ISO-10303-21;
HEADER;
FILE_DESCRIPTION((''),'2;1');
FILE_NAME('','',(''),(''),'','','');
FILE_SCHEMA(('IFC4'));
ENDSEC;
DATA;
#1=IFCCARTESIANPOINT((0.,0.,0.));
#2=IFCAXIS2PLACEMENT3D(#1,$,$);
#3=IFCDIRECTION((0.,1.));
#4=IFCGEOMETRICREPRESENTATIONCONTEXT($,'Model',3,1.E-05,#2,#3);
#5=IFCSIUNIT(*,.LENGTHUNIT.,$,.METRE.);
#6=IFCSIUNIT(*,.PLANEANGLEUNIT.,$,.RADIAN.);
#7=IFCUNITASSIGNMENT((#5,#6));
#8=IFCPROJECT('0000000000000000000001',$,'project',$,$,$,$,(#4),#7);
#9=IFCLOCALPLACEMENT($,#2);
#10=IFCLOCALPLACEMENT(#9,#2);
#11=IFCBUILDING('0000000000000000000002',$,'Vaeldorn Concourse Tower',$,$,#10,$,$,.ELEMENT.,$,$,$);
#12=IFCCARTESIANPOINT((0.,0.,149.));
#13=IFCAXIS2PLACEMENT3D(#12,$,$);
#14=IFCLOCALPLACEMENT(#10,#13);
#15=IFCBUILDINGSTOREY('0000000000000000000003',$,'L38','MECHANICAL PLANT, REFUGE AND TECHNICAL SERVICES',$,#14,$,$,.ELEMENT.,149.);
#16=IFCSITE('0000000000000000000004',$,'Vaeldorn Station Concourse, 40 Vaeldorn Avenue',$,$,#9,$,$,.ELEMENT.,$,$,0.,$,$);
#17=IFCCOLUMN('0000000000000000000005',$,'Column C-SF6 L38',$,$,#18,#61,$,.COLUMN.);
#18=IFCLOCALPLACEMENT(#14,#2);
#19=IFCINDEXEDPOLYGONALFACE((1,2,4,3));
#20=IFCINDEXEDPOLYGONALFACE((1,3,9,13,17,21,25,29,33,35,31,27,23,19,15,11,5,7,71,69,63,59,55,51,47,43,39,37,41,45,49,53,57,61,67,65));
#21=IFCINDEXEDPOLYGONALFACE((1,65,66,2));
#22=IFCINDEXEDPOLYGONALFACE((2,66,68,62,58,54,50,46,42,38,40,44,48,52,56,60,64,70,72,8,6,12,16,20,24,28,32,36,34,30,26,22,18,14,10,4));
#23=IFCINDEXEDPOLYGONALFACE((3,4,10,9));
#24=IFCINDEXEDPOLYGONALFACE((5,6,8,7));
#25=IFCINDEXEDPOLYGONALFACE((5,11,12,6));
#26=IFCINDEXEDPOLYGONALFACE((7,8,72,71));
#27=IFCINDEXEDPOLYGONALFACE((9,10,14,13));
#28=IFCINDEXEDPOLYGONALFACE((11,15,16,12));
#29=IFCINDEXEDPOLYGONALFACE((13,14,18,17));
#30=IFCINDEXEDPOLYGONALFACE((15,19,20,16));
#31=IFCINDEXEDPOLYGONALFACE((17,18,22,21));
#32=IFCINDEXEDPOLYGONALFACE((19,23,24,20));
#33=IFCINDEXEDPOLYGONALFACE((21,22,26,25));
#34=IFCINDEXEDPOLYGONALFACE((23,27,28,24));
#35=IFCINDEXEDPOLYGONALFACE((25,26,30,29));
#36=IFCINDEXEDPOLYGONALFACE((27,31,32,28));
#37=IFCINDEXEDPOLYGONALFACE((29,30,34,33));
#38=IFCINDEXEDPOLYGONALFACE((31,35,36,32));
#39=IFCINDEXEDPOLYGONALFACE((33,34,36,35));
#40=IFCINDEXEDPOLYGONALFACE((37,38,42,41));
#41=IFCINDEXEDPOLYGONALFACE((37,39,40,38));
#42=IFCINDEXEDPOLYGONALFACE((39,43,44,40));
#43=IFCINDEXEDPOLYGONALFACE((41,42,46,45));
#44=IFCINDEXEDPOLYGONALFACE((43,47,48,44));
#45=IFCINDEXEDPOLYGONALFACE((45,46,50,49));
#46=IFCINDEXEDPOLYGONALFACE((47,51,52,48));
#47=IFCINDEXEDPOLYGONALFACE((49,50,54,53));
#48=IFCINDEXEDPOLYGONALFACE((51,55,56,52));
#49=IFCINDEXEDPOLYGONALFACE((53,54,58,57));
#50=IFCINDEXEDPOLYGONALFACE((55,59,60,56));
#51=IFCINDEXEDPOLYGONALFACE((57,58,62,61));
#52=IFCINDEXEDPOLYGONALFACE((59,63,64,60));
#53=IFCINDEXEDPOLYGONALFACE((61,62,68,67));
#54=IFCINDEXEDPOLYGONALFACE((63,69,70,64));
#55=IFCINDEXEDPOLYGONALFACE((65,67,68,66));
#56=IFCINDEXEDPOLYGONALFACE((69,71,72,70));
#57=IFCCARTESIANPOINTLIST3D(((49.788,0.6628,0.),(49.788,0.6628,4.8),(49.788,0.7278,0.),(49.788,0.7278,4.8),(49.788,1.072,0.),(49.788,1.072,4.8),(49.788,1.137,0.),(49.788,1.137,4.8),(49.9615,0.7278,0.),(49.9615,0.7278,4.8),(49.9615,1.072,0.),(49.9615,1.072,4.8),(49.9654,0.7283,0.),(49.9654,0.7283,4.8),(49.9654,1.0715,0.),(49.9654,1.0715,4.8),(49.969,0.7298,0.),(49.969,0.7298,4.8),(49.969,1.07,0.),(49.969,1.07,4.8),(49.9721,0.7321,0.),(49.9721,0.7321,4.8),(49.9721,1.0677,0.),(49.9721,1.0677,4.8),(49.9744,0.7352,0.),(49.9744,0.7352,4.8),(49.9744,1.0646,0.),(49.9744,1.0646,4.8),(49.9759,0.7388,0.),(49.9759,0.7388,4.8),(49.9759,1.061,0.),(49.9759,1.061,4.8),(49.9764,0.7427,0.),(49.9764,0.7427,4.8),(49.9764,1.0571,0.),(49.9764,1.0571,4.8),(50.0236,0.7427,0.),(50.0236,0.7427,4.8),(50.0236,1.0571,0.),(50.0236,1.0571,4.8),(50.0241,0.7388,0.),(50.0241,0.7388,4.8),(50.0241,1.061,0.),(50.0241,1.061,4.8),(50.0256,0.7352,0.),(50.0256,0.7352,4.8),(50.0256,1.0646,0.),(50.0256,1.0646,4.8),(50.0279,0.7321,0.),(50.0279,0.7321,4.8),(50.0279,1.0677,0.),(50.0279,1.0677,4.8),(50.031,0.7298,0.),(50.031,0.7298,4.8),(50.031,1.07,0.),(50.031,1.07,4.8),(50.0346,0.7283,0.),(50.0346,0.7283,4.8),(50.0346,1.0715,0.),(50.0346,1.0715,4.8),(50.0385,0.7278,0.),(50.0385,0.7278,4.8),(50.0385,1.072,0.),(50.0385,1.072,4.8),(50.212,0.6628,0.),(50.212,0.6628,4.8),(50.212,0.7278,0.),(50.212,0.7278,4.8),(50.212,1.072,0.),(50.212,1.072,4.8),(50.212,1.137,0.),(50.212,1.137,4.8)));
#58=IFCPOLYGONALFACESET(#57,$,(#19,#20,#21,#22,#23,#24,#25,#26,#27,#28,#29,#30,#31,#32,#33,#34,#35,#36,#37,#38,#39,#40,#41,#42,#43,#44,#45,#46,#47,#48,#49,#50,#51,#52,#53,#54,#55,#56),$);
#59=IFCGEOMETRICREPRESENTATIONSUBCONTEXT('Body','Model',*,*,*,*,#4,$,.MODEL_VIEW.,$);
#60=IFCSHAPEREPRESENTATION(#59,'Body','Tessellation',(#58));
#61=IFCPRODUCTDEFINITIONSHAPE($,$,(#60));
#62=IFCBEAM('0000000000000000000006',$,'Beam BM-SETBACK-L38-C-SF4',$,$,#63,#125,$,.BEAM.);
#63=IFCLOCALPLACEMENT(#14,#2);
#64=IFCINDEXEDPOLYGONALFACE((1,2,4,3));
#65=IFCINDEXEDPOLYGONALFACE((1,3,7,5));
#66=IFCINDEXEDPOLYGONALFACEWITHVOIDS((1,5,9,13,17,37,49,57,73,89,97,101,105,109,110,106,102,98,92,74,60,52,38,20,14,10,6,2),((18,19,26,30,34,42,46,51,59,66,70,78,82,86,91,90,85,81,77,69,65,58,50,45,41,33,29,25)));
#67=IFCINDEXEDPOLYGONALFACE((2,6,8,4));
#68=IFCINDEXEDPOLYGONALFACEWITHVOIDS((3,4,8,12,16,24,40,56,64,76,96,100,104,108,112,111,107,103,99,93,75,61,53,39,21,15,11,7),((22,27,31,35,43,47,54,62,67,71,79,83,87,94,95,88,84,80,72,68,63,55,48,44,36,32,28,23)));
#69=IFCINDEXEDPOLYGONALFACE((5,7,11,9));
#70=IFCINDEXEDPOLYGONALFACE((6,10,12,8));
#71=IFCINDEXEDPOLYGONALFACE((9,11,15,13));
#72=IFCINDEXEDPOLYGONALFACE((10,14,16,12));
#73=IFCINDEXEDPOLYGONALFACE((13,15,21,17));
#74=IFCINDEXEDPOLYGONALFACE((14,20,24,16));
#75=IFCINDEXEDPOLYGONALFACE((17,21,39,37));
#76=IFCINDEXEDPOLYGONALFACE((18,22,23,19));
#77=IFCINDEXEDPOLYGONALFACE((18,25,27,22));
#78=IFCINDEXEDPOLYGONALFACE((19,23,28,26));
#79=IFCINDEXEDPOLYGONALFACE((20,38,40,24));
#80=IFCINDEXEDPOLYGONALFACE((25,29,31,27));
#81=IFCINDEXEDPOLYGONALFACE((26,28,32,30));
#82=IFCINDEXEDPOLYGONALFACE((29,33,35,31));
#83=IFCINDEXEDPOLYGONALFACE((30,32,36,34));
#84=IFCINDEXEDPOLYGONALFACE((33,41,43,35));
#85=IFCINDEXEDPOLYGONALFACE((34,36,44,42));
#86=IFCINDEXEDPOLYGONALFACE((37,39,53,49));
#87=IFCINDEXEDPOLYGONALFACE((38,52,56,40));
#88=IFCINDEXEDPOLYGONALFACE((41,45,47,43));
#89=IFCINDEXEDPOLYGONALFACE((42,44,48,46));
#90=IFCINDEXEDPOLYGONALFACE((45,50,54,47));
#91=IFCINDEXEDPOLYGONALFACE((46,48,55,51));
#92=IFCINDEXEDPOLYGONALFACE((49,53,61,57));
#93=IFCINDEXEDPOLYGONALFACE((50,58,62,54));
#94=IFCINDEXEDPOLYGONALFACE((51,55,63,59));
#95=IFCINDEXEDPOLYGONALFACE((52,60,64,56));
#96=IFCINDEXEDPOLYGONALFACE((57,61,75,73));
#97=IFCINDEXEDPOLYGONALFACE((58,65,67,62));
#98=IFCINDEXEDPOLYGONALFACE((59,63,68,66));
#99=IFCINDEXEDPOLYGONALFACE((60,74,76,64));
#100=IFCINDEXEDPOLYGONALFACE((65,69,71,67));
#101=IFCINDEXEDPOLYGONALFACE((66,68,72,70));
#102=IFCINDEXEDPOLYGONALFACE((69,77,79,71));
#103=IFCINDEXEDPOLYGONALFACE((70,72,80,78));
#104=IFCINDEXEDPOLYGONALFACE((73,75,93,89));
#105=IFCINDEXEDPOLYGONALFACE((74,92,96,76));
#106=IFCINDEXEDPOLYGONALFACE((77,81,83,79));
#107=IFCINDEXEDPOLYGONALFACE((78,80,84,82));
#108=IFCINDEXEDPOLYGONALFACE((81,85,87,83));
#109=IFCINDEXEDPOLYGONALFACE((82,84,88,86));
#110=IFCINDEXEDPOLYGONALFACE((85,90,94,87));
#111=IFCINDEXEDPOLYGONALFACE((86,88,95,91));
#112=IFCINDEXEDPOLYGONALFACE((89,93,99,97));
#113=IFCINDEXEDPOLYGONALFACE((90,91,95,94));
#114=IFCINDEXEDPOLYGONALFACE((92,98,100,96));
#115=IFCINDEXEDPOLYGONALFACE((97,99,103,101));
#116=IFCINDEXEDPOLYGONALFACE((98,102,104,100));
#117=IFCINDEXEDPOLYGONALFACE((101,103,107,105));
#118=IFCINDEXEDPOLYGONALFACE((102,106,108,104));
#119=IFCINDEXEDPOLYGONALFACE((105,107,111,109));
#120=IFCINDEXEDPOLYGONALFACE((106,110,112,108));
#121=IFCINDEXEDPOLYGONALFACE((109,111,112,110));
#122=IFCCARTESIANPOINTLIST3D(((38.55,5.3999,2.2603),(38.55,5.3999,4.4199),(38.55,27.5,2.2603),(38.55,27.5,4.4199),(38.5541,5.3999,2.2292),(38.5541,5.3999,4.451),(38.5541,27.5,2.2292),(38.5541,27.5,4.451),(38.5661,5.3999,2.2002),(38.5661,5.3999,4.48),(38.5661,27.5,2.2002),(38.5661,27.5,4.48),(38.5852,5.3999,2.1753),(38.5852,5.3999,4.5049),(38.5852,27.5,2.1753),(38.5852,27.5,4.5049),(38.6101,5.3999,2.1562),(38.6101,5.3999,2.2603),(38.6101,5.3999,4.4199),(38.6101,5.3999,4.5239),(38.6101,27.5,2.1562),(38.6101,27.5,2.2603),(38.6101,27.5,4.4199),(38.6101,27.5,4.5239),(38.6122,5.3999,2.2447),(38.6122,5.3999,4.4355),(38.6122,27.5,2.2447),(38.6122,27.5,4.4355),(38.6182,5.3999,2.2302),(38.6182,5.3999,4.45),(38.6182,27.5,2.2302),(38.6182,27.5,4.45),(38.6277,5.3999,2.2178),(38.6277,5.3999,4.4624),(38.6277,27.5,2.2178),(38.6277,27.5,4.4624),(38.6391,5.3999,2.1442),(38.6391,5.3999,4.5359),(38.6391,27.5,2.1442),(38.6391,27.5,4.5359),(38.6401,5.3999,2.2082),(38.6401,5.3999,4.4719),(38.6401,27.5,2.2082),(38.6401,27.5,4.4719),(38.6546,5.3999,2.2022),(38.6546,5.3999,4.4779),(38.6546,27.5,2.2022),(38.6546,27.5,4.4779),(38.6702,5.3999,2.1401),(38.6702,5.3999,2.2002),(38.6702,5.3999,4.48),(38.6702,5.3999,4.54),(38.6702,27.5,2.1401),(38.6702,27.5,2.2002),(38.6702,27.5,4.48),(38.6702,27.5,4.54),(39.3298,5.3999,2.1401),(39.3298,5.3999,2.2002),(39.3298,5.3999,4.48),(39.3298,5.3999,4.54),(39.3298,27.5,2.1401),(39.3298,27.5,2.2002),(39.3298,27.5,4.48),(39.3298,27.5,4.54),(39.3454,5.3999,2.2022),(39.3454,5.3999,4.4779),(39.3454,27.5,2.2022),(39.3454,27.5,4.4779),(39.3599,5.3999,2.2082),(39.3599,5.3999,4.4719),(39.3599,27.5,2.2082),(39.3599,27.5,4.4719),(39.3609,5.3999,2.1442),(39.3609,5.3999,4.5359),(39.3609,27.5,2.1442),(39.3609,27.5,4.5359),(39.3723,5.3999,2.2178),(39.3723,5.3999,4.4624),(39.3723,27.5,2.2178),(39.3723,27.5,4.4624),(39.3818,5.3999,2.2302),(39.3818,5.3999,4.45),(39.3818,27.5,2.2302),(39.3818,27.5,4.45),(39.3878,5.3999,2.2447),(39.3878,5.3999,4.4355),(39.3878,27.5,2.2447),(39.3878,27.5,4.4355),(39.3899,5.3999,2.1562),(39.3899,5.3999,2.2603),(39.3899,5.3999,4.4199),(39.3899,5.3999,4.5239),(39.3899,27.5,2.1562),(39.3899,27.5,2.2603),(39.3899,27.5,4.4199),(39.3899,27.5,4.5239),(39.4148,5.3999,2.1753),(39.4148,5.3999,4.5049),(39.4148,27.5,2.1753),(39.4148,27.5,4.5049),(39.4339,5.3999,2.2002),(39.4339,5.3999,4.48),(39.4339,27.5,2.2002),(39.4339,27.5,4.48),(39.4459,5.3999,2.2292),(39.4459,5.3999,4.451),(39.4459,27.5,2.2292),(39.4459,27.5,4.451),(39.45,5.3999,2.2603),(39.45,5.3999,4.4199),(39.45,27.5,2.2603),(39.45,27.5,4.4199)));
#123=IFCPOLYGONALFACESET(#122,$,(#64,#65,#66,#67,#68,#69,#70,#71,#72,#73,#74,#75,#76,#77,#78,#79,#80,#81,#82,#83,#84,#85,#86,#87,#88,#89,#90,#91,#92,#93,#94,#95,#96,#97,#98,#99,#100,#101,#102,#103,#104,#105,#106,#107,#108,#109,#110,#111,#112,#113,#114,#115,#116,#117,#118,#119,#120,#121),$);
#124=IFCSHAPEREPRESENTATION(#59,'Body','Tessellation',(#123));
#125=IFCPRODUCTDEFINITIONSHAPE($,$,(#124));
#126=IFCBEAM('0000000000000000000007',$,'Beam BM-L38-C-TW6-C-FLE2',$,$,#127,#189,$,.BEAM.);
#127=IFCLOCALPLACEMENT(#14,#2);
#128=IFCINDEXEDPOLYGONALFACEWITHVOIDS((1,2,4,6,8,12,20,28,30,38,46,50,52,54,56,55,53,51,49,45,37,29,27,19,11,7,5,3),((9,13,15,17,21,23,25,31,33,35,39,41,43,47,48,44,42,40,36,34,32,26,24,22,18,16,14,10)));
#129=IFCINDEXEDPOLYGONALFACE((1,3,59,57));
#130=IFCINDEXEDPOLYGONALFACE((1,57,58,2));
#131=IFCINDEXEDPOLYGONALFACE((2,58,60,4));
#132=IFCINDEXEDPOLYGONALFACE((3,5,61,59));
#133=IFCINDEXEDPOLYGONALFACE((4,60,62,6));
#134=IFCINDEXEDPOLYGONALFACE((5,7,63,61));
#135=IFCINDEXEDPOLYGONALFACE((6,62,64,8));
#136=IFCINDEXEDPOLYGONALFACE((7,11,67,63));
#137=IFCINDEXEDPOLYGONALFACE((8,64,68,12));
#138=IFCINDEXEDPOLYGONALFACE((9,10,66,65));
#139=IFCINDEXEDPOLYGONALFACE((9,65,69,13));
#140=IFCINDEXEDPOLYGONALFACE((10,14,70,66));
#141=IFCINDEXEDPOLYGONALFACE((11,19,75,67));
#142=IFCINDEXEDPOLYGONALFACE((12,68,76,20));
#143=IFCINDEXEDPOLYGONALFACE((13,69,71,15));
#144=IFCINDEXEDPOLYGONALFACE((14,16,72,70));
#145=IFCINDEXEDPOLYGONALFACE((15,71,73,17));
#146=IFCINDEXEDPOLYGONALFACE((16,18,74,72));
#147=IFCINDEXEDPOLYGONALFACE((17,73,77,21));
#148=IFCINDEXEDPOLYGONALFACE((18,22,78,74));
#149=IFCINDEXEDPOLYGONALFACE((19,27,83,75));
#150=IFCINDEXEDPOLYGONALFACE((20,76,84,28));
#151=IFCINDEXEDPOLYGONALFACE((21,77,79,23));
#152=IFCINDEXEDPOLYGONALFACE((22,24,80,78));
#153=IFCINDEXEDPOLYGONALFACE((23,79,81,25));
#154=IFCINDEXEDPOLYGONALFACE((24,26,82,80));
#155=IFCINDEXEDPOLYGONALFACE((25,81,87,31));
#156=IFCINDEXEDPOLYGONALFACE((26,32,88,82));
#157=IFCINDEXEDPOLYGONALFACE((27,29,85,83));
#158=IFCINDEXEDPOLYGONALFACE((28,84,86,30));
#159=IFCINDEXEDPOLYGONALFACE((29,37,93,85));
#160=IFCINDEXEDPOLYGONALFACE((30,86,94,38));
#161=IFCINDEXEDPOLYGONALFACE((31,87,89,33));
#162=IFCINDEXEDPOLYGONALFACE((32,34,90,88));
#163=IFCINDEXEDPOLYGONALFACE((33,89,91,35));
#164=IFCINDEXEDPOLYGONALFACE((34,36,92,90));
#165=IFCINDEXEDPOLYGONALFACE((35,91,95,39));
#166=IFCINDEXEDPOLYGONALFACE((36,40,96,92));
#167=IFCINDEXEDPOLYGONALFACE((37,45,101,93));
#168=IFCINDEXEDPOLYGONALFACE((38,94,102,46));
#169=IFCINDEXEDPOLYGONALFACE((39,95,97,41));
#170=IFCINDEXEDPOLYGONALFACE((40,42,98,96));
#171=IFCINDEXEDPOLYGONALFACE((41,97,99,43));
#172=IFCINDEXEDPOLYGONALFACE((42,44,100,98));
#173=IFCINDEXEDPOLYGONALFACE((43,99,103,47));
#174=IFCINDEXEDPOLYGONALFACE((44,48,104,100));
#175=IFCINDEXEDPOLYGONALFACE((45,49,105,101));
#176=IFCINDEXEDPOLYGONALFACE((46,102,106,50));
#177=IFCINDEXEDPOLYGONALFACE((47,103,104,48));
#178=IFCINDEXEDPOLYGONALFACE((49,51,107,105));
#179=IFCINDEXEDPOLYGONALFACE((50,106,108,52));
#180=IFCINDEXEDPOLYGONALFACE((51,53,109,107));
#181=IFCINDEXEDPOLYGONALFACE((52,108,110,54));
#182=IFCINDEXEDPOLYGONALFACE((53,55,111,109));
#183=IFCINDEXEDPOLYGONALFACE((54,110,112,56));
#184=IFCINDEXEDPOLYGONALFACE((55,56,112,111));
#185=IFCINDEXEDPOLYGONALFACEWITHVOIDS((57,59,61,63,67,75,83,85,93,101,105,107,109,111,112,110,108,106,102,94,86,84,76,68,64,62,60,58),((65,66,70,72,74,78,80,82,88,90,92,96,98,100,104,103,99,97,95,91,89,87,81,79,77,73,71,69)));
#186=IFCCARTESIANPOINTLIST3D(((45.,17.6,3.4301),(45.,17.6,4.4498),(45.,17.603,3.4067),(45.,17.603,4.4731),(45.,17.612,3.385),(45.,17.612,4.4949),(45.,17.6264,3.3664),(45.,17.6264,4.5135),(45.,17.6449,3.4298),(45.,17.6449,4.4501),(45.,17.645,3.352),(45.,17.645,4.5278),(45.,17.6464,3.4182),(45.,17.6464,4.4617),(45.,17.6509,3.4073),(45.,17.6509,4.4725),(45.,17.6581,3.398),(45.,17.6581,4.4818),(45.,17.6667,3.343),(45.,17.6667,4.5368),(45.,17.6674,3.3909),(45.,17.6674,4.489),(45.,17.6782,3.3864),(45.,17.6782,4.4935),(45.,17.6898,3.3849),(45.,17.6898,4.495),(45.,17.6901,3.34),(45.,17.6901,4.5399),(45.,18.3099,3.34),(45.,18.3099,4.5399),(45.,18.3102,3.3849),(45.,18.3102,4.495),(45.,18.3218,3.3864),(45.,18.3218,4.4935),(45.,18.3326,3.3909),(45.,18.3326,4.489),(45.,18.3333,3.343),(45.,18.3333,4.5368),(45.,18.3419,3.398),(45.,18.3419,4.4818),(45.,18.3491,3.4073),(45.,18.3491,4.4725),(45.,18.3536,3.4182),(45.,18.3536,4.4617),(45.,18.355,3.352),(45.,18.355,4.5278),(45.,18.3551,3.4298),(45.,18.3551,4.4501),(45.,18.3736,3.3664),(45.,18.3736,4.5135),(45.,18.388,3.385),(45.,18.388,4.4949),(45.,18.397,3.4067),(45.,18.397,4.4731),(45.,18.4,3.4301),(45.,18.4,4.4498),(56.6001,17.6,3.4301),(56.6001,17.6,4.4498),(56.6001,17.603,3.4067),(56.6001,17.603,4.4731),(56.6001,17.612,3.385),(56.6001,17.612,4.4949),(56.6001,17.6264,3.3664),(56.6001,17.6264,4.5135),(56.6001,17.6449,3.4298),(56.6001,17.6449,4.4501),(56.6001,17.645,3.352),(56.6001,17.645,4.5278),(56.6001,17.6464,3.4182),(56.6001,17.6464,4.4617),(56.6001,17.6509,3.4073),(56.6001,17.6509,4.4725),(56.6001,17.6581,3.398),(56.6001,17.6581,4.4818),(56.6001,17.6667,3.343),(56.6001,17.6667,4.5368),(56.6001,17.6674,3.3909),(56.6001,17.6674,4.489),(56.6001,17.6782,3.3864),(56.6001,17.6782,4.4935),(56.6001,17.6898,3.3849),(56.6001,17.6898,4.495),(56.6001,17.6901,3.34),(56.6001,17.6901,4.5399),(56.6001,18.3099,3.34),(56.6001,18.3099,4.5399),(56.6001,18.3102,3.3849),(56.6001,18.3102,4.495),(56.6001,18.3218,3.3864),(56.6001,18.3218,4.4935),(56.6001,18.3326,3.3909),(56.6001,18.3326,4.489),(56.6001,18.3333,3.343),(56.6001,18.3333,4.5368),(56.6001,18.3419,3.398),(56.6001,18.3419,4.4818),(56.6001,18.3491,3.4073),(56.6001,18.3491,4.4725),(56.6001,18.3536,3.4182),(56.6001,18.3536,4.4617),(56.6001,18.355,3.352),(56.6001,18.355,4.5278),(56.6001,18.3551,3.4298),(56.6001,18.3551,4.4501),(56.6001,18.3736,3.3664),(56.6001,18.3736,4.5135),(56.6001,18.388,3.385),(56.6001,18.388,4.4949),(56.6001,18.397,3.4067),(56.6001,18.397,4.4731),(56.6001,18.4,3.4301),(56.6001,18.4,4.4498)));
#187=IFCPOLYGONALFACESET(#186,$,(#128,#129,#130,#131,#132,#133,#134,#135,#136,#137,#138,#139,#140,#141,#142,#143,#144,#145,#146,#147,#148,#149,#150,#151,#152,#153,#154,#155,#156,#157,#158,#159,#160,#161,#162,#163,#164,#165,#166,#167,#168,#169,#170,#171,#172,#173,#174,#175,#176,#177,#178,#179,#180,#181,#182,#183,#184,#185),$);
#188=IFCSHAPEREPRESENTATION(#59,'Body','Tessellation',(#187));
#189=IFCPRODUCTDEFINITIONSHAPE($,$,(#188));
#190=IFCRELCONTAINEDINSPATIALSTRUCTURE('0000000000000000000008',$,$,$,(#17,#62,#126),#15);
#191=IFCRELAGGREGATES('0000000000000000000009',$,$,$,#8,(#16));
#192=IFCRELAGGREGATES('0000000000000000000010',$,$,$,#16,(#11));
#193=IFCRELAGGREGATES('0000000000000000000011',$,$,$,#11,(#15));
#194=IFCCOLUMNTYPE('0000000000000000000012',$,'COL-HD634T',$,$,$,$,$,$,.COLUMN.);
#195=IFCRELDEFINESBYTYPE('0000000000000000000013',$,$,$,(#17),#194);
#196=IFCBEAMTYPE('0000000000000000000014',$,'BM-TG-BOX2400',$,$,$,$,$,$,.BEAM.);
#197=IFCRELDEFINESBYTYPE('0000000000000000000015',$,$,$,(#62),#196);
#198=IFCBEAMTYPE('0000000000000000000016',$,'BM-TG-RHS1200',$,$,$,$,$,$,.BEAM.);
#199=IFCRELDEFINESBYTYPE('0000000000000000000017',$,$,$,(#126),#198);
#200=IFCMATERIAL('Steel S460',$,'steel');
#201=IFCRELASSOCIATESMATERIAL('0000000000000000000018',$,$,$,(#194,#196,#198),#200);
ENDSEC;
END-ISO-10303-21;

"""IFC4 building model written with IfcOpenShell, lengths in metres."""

from ifc_helpers import new_model, si_unit, direction, frame, origin, origin_2d, place, context, subcontext, project, spatial, hollow_rectangle, i_section, extrude, source, transform, mapped, material, material_profile, profile_set, type_object, element, save


model = new_model("IFC4")

# Units and contexts
model_context = context("Model", 3, precision=1e-05, world=origin(), true_north=direction((0.0, 1.0)))
body_context = subcontext(model_context, "Body", "Model", "MODEL_VIEW")
ifc_project = project(units=[si_unit("LENGTHUNIT", "METRE"), si_unit("PLANEANGLEUNIT", "RADIAN")], contexts=[model_context])

# Site, building, storey
site_placement = place(None, origin())
site = spatial("IfcSite", under=ifc_project, at=site_placement, Name="Vaeldorn Station Concourse, 40 Vaeldorn Avenue", CompositionType="ELEMENT", RefElevation=0.0)
building_placement = place(site_placement, origin())
building = spatial("IfcBuilding", under=site, at=building_placement, Name="Vaeldorn Concourse Tower", CompositionType="ELEMENT")
storey_placement = place(building_placement, frame((0.0, 0.0, 149.0)))
storey = spatial("IfcBuildingStorey", under=building, at=storey_placement, Name="L38", Description="MECHANICAL PLANT, REFUGE AND TECHNICAL SERVICES", CompositionType="ELEMENT", Elevation=149.0)

# Column
ifc_material_1 = material(Name="Steel S460", Category="steel")
ifc_material_profile_1 = material_profile(ifc_material_1, i_section(OverallWidth=0.4241, OverallDepth=0.4741, WebThickness=0.0471, FlangeThickness=0.0649, FilletRadius=0.0149, at=origin_2d()), Name="HD 400x634")
ifc_profile_set_1 = profile_set([ifc_material_profile_1], Name="Steel S460")
column_type_1 = type_object("IfcColumnType", Name="COL-HD634T", PredefinedType="COLUMN", material=ifc_profile_set_1)
shared_shape_1 = source(origin(), body_context, "Body", "SweptSolid", [
    extrude(i_section(OverallWidth=0.4241, OverallDepth=0.4741, WebThickness=0.0471, FlangeThickness=0.0649, FilletRadius=0.0149, at=origin_2d()), origin(), (0.0, 0.0, 1.0), 4.8),
])
for number, where, z_axis, x_axis, name in (
    (1, (50.0, 0.8999, 0.0), (0.0, 0.0, 1.0), (1.0, 0.0, 0.0), "Column C-SF6 L38"),
):
    element("IfcColumn", number, at=place(storey_placement, frame(where, z_axis=z_axis, x_axis=x_axis)), inside=storey, type_object=column_type_1, Name=name, PredefinedType="COLUMN", context=body_context, shape_type="MappedRepresentation", body=[
        mapped(shared_shape_1, transform((0.0, 0.0, 0.0), scale=1.0)),
    ])

# Beams
ifc_material_profile_2 = material_profile(ifc_material_1, hollow_rectangle(XDim=0.8999, YDim=2.3999, WallThickness=0.0601, InnerFilletRadius=0.0601, OuterFilletRadius=0.1201, at=origin_2d()), Name="RHS 2400x900x60")
ifc_profile_set_2 = profile_set([ifc_material_profile_2], Name="Steel S460")
beam_type_1 = type_object("IfcBeamType", Name="BM-TG-BOX2400", PredefinedType="BEAM", material=ifc_profile_set_2)
shared_shape_2 = source(origin(), body_context, "Body", "SweptSolid", [
    extrude(hollow_rectangle(XDim=0.8999, YDim=2.3999, WallThickness=0.0601, InnerFilletRadius=0.0601, OuterFilletRadius=0.1201, at=origin_2d()), origin(), (0.0, 0.0, 1.0), 22.1001),
])
beam_1_placement = place(storey_placement, frame((39.0, 5.3999, 3.3401), z_axis=(0.0, 1.0, 0.0), x_axis=(-1.0, 0.0, 0.0)))
element("IfcBeam", 2, at=beam_1_placement, inside=storey, type_object=beam_type_1, Name="Beam BM-SETBACK-L38-C-SF4", PredefinedType="BEAM", context=body_context, shape_type="MappedRepresentation", body=[
    mapped(shared_shape_2, transform((0.0, 0.0, 0.0), scale=1.0)),
])
ifc_material_profile_3 = material_profile(ifc_material_1, hollow_rectangle(XDim=0.8, YDim=1.2, WallThickness=0.0449, InnerFilletRadius=0.0449, OuterFilletRadius=0.0901, at=origin_2d()), Name="RHS 1200x800x45")
ifc_profile_set_3 = profile_set([ifc_material_profile_3], Name="Steel S460")
beam_type_2 = type_object("IfcBeamType", Name="BM-TG-RHS1200", PredefinedType="BEAM", material=ifc_profile_set_3)
shared_shape_3 = source(origin(), body_context, "Body", "SweptSolid", [
    extrude(hollow_rectangle(XDim=0.8, YDim=1.2, WallThickness=0.0449, InnerFilletRadius=0.0449, OuterFilletRadius=0.0901, at=origin_2d()), origin(), (0.0, 0.0, 1.0), 11.6001),
])
beam_2_placement = place(storey_placement, frame((45.0, 18.0, 3.9399), z_axis=(1.0, 0.0, 0.0), x_axis=(0.0, 1.0, 0.0)))
element("IfcBeam", 3, at=beam_2_placement, inside=storey, type_object=beam_type_2, Name="Beam BM-L38-C-TW6-C-FLE2", PredefinedType="BEAM", context=body_context, shape_type="MappedRepresentation", body=[
    mapped(shared_shape_3, transform((0.0, 0.0, 0.0), scale=1.0)),
])

save(model, "model.ifc")
